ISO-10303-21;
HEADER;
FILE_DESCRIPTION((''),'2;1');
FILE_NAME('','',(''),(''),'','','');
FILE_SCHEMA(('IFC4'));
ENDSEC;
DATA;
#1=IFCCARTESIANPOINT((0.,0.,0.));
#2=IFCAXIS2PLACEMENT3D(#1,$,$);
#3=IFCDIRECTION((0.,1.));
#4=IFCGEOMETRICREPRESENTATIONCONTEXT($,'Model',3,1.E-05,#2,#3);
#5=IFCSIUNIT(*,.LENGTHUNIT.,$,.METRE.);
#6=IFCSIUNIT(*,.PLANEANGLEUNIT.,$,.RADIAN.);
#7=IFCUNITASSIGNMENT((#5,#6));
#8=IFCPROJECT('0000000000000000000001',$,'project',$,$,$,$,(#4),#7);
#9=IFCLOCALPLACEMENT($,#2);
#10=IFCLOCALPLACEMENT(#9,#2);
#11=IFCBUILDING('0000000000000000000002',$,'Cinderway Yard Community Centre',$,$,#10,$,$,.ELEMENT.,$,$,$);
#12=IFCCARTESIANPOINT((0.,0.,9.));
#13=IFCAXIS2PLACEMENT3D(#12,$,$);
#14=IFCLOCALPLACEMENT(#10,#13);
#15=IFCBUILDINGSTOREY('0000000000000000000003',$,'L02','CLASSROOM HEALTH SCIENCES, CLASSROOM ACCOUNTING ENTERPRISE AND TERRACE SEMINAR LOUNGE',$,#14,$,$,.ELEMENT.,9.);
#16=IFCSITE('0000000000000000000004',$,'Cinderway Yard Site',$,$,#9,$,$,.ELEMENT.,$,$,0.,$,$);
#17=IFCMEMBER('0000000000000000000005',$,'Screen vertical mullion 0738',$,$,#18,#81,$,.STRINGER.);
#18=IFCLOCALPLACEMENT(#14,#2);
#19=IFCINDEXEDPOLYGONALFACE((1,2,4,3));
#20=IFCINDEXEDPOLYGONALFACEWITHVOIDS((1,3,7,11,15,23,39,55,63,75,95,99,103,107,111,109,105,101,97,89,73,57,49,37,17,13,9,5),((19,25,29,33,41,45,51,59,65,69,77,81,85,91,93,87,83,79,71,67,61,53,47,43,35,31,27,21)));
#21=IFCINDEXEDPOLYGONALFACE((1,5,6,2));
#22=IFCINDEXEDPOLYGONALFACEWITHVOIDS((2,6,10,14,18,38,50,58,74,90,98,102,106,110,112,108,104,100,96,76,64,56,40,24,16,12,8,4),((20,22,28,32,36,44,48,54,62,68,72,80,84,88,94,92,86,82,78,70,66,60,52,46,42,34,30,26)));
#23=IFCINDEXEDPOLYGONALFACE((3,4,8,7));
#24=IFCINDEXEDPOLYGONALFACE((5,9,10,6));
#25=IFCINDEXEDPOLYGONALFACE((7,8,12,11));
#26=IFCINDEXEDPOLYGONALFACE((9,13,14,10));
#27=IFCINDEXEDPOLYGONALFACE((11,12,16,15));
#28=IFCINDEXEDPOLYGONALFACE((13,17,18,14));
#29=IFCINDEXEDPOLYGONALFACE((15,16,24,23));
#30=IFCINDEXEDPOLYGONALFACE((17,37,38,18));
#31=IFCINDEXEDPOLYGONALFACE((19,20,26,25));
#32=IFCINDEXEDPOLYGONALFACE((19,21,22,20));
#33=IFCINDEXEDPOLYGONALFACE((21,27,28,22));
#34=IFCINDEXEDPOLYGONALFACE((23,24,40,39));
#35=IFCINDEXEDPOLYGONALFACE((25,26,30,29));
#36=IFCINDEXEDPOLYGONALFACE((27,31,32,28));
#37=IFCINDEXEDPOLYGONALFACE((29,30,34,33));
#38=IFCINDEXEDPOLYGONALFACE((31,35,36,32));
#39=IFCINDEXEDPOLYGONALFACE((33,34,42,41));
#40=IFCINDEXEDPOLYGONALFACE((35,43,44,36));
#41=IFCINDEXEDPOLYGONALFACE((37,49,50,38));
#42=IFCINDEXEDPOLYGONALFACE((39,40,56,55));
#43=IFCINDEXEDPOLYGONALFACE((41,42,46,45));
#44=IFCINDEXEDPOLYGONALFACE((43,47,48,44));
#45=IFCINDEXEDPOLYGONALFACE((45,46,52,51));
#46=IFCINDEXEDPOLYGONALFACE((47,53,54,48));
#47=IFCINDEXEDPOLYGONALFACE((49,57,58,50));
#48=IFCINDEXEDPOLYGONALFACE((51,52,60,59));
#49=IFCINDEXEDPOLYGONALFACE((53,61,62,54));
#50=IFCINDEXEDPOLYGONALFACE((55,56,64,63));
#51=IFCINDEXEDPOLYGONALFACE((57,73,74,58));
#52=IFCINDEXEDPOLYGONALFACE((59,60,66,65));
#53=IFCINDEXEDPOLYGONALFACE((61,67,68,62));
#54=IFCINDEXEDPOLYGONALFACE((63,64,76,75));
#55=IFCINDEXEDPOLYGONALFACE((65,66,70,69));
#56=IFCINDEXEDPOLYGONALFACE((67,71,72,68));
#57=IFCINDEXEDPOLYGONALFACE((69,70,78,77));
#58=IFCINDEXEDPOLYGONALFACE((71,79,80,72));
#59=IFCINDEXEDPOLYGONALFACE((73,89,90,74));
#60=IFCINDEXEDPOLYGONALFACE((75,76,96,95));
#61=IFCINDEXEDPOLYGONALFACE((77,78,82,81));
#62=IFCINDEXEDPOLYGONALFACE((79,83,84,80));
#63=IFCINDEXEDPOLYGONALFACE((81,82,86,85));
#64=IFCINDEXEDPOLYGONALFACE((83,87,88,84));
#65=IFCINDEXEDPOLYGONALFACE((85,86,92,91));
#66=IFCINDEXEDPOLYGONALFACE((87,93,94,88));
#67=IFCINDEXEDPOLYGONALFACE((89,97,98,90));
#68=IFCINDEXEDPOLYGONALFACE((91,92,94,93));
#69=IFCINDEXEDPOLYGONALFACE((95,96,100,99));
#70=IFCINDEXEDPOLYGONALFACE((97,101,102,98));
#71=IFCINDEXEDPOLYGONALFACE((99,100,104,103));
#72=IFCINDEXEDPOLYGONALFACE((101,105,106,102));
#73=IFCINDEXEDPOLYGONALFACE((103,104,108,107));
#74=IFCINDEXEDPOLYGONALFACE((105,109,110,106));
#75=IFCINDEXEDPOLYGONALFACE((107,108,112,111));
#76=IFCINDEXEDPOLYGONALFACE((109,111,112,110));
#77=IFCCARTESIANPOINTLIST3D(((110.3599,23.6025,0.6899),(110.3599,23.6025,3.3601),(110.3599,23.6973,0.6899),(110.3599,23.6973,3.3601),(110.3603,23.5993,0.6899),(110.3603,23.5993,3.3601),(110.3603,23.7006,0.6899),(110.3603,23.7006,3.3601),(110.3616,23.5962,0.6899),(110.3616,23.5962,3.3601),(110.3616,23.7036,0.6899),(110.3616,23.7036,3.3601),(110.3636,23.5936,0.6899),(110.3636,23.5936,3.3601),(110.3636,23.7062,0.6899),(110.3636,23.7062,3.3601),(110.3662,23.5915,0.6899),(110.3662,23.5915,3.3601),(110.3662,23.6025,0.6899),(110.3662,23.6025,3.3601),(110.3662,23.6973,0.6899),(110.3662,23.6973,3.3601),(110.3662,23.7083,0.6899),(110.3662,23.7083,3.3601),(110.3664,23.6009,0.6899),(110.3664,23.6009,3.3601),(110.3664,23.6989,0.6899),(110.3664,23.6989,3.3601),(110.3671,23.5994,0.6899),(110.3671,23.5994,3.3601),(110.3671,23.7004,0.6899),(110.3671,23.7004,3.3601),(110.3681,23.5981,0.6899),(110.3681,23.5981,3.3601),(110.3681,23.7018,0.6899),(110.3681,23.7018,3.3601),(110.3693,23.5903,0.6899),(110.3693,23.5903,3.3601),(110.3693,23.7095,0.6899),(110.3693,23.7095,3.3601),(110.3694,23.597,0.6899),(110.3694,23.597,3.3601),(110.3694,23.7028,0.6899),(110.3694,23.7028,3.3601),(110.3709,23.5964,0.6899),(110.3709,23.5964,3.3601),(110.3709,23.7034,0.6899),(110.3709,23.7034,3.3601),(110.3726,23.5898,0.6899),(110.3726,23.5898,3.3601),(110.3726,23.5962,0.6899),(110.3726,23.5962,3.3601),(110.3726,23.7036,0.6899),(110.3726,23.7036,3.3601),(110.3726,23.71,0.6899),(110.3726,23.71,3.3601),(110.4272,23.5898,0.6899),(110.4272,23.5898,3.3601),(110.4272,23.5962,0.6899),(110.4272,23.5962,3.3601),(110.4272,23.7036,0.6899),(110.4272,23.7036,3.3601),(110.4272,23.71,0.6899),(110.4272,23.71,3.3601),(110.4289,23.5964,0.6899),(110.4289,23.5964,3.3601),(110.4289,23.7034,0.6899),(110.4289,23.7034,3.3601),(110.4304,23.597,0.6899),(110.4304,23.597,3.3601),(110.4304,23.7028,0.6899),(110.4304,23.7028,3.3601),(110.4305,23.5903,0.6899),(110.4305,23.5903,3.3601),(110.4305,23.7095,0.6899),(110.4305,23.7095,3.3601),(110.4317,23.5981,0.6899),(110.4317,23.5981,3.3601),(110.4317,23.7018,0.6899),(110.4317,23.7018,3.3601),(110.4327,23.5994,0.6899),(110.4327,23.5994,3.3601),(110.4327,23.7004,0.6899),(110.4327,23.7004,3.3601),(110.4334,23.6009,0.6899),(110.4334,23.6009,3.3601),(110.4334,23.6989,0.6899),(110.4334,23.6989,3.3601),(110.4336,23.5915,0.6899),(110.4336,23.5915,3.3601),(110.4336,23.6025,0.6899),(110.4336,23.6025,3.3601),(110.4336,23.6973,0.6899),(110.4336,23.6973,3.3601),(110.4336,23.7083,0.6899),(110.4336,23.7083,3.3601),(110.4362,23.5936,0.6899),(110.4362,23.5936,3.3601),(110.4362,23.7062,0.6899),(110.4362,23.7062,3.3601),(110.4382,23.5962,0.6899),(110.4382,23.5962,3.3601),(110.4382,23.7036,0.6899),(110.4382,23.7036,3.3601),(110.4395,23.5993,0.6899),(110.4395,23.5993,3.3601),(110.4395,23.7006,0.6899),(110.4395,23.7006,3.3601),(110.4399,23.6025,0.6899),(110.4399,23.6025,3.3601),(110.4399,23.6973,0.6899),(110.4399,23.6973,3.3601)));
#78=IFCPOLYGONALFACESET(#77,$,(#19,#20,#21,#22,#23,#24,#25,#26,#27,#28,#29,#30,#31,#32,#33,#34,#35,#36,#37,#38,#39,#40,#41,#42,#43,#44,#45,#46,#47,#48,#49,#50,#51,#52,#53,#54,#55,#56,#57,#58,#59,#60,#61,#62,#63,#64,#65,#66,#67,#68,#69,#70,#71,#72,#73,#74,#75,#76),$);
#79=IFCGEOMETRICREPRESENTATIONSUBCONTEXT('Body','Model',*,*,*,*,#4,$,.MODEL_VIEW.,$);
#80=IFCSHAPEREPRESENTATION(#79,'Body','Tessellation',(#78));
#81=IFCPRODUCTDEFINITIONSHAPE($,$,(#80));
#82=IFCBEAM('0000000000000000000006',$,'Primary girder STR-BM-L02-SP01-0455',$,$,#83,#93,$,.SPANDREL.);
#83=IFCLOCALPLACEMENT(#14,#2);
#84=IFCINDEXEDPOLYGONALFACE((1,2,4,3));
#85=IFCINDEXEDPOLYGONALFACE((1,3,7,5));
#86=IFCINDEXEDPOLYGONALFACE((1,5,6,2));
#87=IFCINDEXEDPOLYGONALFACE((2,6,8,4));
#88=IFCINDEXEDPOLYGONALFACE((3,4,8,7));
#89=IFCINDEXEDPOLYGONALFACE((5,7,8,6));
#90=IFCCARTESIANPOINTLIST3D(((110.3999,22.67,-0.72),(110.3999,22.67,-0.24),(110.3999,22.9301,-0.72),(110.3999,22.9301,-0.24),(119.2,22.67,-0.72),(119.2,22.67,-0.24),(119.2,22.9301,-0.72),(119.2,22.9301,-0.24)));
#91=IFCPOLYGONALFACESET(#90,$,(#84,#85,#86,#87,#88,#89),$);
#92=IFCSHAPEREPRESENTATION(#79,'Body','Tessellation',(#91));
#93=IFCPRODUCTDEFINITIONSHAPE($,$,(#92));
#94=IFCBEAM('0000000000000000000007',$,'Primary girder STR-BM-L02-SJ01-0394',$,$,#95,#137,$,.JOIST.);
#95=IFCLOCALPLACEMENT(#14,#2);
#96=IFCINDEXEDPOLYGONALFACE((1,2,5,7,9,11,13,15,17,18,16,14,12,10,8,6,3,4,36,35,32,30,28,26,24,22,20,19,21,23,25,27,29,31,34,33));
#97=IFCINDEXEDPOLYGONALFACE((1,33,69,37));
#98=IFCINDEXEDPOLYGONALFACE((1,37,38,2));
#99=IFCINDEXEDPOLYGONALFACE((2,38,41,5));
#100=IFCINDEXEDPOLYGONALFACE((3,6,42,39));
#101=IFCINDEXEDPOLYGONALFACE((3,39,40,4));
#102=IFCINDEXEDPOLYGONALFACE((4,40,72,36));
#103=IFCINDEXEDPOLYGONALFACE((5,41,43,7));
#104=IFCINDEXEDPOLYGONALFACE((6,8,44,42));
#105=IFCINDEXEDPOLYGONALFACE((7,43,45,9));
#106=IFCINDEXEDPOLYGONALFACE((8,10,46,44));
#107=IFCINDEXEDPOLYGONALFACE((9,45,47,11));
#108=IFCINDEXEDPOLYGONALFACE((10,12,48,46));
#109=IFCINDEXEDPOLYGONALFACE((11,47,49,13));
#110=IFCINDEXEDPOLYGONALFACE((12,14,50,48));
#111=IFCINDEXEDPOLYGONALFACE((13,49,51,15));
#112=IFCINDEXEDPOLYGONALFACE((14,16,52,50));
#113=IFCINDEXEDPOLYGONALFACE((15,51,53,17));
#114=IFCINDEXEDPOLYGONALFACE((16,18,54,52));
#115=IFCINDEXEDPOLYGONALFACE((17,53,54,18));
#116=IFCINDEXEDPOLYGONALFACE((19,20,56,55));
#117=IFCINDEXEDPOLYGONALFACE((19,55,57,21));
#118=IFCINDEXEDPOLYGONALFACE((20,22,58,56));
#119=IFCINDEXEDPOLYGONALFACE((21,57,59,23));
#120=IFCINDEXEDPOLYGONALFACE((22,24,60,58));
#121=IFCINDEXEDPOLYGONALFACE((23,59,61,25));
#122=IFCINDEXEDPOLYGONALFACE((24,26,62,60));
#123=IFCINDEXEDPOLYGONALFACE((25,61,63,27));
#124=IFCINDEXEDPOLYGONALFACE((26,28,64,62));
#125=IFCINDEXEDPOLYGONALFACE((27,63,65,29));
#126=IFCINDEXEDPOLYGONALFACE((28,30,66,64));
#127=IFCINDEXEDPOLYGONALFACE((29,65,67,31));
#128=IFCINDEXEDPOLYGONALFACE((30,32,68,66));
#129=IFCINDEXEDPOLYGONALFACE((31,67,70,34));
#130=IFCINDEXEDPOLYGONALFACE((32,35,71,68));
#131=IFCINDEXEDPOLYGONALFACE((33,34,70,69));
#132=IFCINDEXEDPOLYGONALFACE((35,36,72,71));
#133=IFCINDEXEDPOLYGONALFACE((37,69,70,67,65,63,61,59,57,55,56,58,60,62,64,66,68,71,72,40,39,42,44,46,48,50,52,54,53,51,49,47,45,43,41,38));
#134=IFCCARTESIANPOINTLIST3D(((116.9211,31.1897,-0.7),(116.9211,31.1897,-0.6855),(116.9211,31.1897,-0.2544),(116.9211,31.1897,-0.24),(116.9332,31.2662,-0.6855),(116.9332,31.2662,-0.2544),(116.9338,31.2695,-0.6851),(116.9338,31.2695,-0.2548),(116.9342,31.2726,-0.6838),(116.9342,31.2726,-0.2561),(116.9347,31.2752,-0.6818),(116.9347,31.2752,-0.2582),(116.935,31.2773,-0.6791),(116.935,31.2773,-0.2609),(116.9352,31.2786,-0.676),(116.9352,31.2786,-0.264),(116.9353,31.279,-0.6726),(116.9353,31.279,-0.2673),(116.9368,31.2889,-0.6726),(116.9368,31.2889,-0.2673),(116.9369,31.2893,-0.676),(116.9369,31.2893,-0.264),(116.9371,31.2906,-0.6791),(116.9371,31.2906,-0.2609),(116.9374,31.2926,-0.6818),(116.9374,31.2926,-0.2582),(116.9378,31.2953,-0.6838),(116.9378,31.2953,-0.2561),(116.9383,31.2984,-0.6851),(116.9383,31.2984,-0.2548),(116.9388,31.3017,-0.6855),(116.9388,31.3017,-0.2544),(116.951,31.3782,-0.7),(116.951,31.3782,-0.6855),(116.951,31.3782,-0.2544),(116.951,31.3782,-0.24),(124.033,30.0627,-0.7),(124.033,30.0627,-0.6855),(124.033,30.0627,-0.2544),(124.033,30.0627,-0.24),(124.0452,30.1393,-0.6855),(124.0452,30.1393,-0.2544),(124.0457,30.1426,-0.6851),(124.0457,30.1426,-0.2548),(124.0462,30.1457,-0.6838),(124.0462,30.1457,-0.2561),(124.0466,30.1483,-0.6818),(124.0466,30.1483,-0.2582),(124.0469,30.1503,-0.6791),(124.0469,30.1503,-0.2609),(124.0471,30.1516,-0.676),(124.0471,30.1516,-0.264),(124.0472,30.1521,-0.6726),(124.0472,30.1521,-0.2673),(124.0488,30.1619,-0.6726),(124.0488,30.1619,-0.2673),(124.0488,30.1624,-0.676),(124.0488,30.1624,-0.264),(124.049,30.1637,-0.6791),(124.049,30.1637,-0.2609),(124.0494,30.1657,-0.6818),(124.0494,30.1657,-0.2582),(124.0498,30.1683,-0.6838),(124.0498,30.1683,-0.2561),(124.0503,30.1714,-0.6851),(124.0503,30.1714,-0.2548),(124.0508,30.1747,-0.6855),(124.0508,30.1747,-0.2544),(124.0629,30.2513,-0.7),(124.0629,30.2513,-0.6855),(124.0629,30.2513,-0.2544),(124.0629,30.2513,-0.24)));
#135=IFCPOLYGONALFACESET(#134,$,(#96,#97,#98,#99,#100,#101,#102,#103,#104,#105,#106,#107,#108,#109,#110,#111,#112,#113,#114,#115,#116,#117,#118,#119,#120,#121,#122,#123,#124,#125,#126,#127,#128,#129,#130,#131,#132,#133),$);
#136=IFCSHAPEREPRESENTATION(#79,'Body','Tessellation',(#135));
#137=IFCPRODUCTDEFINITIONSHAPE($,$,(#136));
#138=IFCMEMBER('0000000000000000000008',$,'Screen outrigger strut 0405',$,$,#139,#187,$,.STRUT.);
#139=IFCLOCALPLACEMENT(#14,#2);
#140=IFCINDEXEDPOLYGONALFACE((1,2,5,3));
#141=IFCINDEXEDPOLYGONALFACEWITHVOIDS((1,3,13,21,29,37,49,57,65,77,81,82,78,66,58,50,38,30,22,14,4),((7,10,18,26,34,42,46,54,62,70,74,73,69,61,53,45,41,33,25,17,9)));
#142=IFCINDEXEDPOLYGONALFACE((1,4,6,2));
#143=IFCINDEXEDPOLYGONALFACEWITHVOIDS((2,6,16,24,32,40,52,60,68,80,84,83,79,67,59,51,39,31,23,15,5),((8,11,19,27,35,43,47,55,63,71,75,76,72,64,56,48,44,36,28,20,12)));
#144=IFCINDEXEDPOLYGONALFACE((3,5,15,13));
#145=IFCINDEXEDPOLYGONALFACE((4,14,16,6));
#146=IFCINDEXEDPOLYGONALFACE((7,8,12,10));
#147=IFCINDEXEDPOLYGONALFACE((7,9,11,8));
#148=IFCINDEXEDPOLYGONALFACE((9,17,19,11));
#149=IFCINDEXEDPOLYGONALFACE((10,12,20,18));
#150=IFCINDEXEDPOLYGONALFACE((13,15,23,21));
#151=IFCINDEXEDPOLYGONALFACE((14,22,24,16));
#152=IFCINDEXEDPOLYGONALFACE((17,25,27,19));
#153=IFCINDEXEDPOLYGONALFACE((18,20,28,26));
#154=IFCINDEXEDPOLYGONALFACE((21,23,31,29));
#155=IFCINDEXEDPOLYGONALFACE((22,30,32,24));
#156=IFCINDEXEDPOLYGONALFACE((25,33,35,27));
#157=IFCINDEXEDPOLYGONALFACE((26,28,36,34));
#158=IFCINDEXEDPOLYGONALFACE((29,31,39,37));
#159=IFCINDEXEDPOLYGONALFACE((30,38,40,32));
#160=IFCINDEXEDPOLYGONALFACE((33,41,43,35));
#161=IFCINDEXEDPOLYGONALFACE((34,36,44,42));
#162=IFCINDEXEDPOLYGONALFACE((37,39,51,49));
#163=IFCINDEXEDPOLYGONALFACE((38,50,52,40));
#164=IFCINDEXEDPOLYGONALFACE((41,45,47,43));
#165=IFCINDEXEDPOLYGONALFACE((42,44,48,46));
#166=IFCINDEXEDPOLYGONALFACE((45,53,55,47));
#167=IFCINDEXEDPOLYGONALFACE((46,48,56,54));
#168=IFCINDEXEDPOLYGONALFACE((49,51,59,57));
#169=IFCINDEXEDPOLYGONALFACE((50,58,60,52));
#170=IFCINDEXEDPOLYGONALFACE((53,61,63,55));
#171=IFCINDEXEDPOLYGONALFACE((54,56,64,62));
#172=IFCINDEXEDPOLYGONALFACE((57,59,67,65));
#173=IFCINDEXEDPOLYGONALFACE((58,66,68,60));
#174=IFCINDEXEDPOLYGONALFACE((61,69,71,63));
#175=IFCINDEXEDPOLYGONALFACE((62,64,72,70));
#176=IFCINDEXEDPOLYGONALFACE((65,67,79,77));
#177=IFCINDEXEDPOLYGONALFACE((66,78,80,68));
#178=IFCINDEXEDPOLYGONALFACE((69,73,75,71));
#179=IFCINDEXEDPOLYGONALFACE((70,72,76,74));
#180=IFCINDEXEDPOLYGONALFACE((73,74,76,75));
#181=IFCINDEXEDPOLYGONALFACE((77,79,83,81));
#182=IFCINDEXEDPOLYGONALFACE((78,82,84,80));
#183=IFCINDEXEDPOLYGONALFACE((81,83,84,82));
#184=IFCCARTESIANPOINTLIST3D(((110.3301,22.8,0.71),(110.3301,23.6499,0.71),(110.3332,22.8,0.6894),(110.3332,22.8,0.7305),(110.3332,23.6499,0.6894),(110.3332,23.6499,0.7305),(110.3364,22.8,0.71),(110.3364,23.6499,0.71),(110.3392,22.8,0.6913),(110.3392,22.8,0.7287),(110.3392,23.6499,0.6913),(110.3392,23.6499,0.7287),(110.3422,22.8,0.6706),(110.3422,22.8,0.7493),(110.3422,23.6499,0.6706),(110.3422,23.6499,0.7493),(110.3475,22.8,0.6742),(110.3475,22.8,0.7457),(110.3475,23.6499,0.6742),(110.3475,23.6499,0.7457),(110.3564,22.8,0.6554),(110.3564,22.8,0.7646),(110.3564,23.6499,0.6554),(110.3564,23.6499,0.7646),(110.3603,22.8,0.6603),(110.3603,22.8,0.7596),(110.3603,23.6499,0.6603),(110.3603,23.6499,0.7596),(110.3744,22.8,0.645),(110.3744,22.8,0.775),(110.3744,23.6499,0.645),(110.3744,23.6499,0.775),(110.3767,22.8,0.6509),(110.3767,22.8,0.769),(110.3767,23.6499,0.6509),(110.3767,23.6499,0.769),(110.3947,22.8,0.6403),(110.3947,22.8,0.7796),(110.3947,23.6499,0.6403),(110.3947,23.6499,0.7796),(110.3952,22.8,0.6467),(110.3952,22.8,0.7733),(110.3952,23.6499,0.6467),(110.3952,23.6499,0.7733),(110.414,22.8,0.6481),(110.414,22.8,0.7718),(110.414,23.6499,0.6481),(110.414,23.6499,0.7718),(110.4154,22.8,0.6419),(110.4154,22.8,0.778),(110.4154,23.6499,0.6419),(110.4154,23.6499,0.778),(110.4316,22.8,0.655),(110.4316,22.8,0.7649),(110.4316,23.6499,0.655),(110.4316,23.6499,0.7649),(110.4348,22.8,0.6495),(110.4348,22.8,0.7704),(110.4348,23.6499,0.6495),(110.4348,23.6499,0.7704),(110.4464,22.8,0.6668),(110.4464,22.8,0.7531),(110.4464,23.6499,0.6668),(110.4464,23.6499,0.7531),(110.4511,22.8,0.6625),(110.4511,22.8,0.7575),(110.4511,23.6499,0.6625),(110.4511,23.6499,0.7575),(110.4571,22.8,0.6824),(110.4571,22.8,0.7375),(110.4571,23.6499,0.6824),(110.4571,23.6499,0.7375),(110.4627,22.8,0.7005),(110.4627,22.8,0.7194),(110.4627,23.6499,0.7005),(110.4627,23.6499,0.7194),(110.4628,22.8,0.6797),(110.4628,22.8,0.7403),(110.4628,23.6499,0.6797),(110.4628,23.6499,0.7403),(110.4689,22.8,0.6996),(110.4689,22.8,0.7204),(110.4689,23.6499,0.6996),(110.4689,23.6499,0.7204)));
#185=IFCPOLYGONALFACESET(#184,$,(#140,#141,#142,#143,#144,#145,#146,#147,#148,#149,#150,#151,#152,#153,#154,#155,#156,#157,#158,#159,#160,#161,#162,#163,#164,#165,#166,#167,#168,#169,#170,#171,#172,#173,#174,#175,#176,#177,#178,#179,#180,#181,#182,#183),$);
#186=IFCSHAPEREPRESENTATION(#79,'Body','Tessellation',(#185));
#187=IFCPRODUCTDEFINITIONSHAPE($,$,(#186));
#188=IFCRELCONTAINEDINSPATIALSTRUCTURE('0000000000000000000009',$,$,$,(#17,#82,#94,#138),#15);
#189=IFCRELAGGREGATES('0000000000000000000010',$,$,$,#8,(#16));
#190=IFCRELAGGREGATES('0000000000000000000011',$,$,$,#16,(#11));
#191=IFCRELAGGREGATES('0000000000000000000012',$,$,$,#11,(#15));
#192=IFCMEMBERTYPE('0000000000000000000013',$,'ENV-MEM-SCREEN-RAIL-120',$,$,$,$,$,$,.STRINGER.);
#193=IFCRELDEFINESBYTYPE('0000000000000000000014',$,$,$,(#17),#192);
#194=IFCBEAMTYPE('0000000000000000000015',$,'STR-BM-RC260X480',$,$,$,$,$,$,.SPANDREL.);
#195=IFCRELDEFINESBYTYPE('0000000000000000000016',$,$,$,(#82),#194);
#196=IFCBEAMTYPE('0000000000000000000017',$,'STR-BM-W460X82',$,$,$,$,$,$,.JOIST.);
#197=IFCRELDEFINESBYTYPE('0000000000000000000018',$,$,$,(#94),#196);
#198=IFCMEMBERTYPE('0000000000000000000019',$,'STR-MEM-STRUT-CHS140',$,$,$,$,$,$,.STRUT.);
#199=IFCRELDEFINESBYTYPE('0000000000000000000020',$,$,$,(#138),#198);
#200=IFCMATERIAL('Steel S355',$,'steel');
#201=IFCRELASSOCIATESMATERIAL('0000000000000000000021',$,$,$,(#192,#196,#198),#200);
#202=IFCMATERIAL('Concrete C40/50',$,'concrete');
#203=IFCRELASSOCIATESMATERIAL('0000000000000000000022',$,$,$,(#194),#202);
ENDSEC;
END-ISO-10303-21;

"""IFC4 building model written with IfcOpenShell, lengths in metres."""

from ifc_helpers import new_model, si_unit, direction, frame, origin, origin_2d, place, context, subcontext, project, spatial, rectangle, hollow_rectangle, hollow_circle, i_section, extrude, material, material_profile, profile_set, type_object, element, save


model = new_model("IFC4")

# Units and contexts
model_context = context("Model", 3, precision=1e-05, world=origin(), true_north=direction((0.0, 1.0)))
body_context = subcontext(model_context, "Body", "Model", "MODEL_VIEW")
ifc_project = project(units=[si_unit("LENGTHUNIT", "METRE"), si_unit("PLANEANGLEUNIT", "RADIAN")], contexts=[model_context])

# Site, building, storey
site_placement = place(None, origin())
site = spatial("IfcSite", under=ifc_project, at=site_placement, Name="Cinderway Yard Site", CompositionType="ELEMENT", RefElevation=0.0)
building_placement = place(site_placement, origin())
building = spatial("IfcBuilding", under=site, at=building_placement, Name="Cinderway Yard Community Centre", CompositionType="ELEMENT")
storey_placement = place(building_placement, frame((0.0, 0.0, 9.0)))
storey = spatial("IfcBuildingStorey", under=building, at=storey_placement, Name="L02", Description="CLASSROOM HEALTH SCIENCES, CLASSROOM ACCOUNTING ENTERPRISE AND TERRACE SEMINAR LOUNGE", CompositionType="ELEMENT", Elevation=9.0)

# Shared definitions
ifc_material_1 = material(Name="Concrete C40/50", Category="concrete")

# Member
ifc_material_2 = material(Name="Steel S355", Category="steel")
ifc_material_profile_1 = material_profile(ifc_material_2, hollow_rectangle(XDim=0.0801, YDim=0.1201, WallThickness=0.0063, InnerFilletRadius=0.0063, OuterFilletRadius=0.0127, at=origin_2d()), Name="Steel S355")
ifc_profile_set_1 = profile_set([ifc_material_profile_1], Name="Steel S355")
member_type_1 = type_object("IfcMemberType", Name="ENV-MEM-SCREEN-RAIL-120", PredefinedType="STRINGER", material=ifc_profile_set_1)
member_1_placement = place(storey_placement, frame((110.3999, 23.6499, 0.6899), z_axis=(0.0, 0.0, 1.0), x_axis=(1.0, 0.0, 0.0)))
element("IfcMember", 1, at=member_1_placement, inside=storey, type_object=member_type_1, Name="Screen vertical mullion 0738", PredefinedType="STRINGER", context=body_context, shape_type="SweptSolid", body=[
    extrude(hollow_rectangle(XDim=0.0801, YDim=0.1201, WallThickness=0.0063, InnerFilletRadius=0.0063, OuterFilletRadius=0.0127, at=origin_2d()), origin(), (0.0, 0.0, 1.0), 2.6702),
])

# Beams
ifc_material_profile_2 = material_profile(ifc_material_1, rectangle(XDim=0.26, YDim=0.48, at=origin_2d()), Name="Concrete C40/50")
ifc_profile_set_2 = profile_set([ifc_material_profile_2], Name="Concrete C40/50")
beam_type_1 = type_object("IfcBeamType", Name="STR-BM-RC260X480", PredefinedType="SPANDREL", material=ifc_profile_set_2)
beam_1_placement = place(storey_placement, frame((110.3999, 22.8, -0.48), z_axis=(1.0, 0.0, 0.0), x_axis=(0.0, 1.0, 0.0)))
element("IfcBeam", 2, at=beam_1_placement, inside=storey, type_object=beam_type_1, Name="Primary girder STR-BM-L02-SP01-0455", PredefinedType="SPANDREL", context=body_context, shape_type="SweptSolid", body=[
    extrude(rectangle(XDim=0.26, YDim=0.48, at=origin_2d()), origin(), (0.0, 0.0, 1.0), 8.8),
])
ifc_material_profile_3 = material_profile(ifc_material_2, i_section(OverallWidth=0.1909, OverallDepth=0.46, WebThickness=0.01, FlangeThickness=0.0144, FilletRadius=0.0129, at=origin_2d()), Name="Steel S355")
ifc_profile_set_3 = profile_set([ifc_material_profile_3], Name="Steel S355")
beam_type_2 = type_object("IfcBeamType", Name="STR-BM-W460X82", PredefinedType="JOIST", material=ifc_profile_set_3)
beam_2_placement = place(storey_placement, frame((116.936, 31.2839, -0.47), z_axis=(0.987677, -0.156504, 0.0), x_axis=(0.156504, 0.987677, 0.0)))
element("IfcBeam", 3, at=beam_2_placement, inside=storey, type_object=beam_type_2, Name="Primary girder STR-BM-L02-SJ01-0394", PredefinedType="JOIST", context=body_context, shape_type="SweptSolid", body=[
    extrude(i_section(OverallWidth=0.1909, OverallDepth=0.46, WebThickness=0.01, FlangeThickness=0.0144, FilletRadius=0.0129, at=origin_2d()), origin(), (0.0, 0.0, 1.0), 7.2007),
])

# Member
ifc_material_profile_4 = material_profile(ifc_material_2, hollow_circle(Radius=0.0698, WallThickness=0.0063, at=origin_2d()), Name="Steel S355")
ifc_profile_set_4 = profile_set([ifc_material_profile_4], Name="Steel S355")
member_type_2 = type_object("IfcMemberType", Name="STR-MEM-STRUT-CHS140", PredefinedType="STRUT", material=ifc_profile_set_4)
for number, where, z_axis, x_axis, name in (
    (4, (110.3999, 22.8, 0.71), (0.0, 1.0, 0.0), (-1.0, 0.0, 0.0), "Screen outrigger strut 0405"),
):
    element("IfcMember", number, at=place(storey_placement, frame(where, z_axis=z_axis, x_axis=x_axis)), inside=storey, type_object=member_type_2, Name=name, PredefinedType="STRUT", context=body_context, shape_type="SweptSolid", body=[
        extrude(hollow_circle(Radius=0.0698, WallThickness=0.0063, at=origin_2d()), origin(), (0.0, 0.0, 1.0), 0.8499),
    ])

save(model, "model.ifc")
